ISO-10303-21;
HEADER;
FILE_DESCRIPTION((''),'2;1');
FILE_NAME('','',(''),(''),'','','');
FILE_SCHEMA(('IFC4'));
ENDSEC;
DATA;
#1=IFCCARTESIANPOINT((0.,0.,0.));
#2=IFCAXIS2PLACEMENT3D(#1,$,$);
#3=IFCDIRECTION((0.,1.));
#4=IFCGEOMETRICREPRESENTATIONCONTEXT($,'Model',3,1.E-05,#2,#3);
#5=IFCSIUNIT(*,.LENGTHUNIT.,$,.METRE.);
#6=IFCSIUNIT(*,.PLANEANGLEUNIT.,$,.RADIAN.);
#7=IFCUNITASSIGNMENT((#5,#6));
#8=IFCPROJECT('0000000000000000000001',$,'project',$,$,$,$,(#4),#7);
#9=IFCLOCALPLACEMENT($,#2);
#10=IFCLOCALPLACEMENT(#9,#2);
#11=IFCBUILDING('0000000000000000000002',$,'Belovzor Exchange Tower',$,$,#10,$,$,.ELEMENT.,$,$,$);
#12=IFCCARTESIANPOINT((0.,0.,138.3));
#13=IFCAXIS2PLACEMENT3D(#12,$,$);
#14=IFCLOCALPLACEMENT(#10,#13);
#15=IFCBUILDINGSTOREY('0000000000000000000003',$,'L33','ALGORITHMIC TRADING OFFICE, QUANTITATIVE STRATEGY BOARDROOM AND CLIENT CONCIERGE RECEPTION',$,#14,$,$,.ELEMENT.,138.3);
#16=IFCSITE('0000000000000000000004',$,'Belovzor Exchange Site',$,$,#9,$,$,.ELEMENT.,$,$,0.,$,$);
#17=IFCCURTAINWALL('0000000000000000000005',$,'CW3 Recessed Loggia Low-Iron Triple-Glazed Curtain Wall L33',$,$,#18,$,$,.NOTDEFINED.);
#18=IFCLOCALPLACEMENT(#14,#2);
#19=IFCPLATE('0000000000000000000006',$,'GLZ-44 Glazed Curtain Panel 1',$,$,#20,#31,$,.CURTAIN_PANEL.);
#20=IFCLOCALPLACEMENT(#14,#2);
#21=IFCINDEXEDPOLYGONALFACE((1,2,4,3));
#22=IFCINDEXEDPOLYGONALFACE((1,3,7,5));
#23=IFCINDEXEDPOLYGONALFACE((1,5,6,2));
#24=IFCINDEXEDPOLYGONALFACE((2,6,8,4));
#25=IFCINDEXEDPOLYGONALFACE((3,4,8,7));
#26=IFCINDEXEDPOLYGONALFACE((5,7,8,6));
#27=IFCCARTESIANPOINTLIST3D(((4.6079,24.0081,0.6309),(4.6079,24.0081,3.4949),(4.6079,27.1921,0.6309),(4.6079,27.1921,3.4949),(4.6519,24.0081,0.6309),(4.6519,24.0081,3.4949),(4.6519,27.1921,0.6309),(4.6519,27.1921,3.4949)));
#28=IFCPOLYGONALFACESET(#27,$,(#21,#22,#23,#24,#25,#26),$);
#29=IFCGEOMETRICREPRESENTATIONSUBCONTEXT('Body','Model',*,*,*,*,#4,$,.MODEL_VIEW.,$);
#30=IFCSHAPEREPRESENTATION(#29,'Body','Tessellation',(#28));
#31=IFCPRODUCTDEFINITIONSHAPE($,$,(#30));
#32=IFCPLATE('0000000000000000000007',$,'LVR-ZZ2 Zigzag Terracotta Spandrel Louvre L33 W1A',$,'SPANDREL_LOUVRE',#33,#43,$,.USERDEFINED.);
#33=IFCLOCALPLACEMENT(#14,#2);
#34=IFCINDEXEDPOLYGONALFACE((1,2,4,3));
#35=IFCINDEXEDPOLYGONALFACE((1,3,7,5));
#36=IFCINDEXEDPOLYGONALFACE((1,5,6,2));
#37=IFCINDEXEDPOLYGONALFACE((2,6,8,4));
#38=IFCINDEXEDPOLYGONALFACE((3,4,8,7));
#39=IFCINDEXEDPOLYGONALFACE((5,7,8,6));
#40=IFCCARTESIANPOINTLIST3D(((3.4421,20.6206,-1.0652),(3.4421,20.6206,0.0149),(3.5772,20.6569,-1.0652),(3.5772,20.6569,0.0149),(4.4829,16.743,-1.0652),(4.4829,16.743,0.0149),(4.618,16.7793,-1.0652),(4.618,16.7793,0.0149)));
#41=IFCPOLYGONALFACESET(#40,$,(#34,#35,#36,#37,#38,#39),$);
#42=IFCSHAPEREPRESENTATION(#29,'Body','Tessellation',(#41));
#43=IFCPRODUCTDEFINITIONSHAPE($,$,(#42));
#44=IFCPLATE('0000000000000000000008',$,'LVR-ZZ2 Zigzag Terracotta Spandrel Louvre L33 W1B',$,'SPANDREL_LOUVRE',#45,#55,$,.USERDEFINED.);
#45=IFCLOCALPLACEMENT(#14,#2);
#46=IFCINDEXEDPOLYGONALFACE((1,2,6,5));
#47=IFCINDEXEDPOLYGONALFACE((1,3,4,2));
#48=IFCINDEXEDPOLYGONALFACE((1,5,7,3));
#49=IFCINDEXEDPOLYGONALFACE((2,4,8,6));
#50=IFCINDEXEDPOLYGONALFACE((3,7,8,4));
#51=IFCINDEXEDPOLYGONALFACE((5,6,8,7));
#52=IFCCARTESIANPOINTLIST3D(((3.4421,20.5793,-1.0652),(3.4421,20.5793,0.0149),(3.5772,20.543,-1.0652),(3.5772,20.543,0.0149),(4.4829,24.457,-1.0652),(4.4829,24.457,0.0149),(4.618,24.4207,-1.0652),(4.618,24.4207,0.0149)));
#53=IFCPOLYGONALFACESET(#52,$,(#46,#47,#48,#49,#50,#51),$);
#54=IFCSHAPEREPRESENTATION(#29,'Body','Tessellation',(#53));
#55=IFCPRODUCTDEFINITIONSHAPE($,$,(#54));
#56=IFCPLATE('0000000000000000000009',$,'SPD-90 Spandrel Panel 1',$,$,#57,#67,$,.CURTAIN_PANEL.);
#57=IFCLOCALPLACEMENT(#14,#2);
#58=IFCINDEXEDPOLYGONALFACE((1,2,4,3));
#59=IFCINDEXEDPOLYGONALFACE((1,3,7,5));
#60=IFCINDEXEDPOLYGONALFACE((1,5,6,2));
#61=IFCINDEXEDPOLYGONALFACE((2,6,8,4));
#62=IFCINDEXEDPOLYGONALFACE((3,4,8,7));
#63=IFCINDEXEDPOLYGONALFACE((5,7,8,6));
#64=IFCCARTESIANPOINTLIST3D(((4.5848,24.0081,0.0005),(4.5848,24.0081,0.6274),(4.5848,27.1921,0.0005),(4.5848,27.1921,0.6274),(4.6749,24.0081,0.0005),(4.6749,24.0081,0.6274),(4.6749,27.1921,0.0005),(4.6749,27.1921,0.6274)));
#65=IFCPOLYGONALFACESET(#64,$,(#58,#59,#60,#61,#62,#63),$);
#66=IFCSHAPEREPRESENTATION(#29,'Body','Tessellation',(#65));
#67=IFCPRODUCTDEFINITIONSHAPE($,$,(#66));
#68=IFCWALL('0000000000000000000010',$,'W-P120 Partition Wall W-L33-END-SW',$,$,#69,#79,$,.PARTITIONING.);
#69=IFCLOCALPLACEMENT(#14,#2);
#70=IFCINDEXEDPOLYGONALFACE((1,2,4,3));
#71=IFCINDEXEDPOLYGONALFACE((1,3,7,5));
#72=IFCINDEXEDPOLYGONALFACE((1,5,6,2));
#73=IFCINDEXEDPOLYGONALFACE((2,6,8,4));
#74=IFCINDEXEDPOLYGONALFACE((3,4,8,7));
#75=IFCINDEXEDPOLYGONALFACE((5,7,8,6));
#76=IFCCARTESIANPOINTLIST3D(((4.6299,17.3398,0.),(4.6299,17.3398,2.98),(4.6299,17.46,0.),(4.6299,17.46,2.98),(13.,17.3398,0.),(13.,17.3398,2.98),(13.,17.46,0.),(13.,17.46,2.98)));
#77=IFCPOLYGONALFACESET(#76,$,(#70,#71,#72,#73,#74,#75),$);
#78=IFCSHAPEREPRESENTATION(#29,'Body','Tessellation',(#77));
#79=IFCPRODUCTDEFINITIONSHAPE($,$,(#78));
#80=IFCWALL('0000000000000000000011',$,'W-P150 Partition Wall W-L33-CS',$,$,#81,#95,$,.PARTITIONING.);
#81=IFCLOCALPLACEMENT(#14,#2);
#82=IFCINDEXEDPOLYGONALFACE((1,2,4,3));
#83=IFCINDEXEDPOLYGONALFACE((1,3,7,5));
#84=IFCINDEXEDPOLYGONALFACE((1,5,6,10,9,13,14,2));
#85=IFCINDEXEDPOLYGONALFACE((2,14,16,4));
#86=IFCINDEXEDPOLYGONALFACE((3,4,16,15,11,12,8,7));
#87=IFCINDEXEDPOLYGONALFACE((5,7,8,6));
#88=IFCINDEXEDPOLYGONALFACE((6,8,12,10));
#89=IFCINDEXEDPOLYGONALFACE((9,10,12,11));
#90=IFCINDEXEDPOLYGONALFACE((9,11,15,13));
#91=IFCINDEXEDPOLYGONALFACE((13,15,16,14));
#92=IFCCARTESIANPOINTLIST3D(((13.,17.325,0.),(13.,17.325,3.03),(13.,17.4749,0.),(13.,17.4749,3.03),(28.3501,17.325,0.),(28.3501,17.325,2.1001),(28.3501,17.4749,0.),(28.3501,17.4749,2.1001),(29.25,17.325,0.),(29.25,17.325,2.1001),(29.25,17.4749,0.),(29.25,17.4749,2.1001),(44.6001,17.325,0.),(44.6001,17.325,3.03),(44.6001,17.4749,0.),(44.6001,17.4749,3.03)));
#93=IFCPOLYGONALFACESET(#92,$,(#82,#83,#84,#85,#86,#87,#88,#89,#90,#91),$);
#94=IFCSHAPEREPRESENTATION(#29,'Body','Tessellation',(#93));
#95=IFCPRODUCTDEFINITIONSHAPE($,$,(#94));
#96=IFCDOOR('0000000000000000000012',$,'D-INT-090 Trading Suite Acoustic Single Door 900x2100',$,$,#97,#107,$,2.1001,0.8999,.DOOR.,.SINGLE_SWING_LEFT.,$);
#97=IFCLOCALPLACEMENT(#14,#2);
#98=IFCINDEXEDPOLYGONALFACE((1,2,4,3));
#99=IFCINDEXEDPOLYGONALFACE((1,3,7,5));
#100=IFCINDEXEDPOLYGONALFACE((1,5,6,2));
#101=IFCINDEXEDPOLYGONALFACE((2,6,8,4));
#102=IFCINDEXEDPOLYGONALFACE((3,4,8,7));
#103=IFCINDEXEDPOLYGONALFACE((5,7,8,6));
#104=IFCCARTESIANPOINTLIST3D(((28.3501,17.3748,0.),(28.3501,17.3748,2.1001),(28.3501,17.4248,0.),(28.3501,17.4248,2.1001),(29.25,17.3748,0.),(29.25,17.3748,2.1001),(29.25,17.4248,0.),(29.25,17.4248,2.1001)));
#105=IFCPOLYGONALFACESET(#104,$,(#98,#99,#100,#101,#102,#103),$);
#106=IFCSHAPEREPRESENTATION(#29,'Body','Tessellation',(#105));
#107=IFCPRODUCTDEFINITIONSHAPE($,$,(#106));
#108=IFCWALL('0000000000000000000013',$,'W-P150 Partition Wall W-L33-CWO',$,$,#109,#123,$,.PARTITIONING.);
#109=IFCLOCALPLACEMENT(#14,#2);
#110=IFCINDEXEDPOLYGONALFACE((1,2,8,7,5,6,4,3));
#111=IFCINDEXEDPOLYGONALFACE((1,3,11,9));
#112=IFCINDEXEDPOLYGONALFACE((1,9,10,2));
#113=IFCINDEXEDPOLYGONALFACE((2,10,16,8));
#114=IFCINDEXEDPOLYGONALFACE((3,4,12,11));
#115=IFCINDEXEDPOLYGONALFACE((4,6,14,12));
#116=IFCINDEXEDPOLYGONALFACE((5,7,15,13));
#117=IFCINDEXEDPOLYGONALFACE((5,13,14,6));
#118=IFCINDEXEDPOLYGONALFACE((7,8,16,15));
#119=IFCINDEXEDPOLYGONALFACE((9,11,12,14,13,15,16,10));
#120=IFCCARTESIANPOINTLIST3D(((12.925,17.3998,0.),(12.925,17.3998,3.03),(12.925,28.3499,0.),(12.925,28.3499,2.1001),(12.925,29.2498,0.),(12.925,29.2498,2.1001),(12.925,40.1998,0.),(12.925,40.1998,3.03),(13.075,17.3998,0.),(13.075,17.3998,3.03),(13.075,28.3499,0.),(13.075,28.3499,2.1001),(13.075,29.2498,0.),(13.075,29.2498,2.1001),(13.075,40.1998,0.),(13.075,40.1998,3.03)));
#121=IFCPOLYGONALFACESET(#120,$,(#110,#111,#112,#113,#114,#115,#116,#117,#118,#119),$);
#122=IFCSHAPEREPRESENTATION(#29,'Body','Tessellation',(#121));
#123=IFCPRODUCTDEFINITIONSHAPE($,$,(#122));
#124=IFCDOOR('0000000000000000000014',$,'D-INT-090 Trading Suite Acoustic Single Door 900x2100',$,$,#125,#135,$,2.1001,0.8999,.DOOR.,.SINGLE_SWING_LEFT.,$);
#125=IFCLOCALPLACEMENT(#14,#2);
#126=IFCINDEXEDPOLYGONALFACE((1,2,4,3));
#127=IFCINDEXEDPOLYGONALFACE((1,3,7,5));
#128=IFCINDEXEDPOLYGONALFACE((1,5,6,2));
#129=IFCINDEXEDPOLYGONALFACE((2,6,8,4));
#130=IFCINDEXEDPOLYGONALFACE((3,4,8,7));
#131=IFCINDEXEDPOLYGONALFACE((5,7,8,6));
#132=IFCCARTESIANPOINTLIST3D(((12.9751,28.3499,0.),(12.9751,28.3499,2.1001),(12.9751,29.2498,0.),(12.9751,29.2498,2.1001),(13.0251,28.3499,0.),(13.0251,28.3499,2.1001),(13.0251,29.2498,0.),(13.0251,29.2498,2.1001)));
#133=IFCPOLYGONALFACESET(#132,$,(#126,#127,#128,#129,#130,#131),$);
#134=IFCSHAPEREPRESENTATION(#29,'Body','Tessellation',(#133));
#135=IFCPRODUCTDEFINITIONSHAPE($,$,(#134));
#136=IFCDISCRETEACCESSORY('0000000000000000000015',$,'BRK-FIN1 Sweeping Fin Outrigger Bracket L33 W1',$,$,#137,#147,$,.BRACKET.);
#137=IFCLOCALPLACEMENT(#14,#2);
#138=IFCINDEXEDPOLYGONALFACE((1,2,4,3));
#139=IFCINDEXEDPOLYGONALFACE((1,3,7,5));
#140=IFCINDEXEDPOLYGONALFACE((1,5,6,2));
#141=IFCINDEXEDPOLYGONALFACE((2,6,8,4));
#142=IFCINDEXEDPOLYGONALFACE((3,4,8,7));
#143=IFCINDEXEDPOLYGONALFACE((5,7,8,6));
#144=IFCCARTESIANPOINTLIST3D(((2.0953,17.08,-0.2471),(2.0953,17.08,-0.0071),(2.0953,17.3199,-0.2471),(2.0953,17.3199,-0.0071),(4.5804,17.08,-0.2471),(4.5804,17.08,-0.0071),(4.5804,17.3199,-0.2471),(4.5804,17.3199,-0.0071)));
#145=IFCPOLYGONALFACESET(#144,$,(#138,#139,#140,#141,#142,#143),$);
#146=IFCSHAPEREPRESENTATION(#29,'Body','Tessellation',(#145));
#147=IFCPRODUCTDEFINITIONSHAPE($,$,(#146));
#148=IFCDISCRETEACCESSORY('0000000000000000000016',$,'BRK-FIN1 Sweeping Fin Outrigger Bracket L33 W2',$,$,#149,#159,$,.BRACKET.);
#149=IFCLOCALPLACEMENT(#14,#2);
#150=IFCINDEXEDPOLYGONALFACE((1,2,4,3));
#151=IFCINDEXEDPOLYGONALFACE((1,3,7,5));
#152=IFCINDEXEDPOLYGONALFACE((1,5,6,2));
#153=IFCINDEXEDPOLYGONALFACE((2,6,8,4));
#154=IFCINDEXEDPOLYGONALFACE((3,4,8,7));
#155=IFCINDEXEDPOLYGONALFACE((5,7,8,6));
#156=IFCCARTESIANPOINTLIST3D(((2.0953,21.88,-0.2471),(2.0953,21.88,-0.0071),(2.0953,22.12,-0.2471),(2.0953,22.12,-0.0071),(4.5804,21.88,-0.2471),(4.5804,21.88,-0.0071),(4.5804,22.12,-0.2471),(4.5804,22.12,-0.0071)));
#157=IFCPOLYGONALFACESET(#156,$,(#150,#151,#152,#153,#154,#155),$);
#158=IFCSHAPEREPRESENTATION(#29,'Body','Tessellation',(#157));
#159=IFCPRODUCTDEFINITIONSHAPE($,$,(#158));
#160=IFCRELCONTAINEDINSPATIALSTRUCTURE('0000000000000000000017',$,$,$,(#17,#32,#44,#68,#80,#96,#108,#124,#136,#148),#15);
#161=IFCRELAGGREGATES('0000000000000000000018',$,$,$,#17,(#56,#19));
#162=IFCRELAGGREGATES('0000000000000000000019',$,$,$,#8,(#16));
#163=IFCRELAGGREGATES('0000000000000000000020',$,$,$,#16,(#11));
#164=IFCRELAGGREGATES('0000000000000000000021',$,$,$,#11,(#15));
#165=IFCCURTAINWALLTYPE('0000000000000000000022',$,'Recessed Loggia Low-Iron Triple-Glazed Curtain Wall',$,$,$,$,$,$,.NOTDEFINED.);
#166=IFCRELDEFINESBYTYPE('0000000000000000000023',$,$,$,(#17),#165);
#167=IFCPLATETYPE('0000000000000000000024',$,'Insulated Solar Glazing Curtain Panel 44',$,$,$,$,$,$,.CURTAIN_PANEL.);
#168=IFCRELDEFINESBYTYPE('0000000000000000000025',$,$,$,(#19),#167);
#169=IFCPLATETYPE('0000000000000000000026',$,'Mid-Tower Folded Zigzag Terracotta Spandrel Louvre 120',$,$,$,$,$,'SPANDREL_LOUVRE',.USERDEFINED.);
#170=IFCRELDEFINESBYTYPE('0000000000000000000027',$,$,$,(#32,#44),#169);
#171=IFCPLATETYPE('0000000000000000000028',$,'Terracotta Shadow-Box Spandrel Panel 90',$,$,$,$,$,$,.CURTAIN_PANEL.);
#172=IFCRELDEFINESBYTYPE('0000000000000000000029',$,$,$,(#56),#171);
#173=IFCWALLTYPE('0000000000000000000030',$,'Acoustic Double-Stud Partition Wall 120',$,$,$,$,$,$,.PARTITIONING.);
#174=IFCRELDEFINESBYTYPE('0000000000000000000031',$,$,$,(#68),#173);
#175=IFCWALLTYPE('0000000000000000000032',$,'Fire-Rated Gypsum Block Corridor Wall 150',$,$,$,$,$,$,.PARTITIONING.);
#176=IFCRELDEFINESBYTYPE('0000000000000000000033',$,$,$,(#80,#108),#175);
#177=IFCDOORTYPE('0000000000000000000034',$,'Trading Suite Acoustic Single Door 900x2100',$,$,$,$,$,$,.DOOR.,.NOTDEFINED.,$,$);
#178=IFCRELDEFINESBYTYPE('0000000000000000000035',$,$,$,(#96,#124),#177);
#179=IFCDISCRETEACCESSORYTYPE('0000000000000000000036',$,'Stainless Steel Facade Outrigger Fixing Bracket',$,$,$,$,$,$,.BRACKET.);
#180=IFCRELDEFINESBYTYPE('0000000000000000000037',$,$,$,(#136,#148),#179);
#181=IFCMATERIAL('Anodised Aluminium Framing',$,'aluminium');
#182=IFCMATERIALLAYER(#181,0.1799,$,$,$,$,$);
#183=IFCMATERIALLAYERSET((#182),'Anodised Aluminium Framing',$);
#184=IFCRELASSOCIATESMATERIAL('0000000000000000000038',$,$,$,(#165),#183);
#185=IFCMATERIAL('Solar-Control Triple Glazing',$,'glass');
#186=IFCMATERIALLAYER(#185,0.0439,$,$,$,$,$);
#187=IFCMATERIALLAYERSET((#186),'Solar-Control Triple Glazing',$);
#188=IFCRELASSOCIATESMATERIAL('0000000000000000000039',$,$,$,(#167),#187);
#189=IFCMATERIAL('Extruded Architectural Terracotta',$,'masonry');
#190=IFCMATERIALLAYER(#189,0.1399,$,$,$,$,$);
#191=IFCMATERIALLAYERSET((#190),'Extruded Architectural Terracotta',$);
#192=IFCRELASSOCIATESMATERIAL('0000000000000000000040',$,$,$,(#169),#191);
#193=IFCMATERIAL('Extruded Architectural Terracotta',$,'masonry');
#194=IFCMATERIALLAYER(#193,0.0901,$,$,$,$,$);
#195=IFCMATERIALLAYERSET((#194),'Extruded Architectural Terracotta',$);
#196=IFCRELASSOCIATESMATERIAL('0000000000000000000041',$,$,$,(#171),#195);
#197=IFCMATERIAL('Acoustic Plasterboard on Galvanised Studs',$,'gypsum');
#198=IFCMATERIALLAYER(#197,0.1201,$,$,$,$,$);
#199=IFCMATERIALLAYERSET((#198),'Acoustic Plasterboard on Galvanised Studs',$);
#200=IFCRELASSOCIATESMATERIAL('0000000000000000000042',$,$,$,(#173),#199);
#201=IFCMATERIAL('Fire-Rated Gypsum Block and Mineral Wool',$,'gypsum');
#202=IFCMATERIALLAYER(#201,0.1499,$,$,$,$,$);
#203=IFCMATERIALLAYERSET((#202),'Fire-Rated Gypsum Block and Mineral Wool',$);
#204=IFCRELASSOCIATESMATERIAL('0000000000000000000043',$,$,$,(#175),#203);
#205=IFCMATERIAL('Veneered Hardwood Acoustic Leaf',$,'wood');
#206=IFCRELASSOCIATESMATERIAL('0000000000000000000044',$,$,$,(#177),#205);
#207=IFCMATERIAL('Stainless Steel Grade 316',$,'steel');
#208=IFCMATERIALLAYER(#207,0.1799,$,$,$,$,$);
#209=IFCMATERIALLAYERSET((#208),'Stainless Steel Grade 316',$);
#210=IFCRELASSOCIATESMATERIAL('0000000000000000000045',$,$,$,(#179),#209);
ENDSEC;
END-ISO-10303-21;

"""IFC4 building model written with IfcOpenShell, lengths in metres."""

from ifc_helpers import new_model, si_unit, direction, frame, frame_2d, origin, origin_2d, place, context, subcontext, project, spatial, rectangle, extrude, material, layer, layer_set, type_object, element, fill, aggregate, save


model = new_model("IFC4")

# Units and contexts
model_context = context("Model", 3, precision=1e-05, world=origin(), true_north=direction((0.0, 1.0)))
body_context = subcontext(model_context, "Body", "Model", "MODEL_VIEW")
ifc_project = project(units=[si_unit("LENGTHUNIT", "METRE"), si_unit("PLANEANGLEUNIT", "RADIAN")], contexts=[model_context])

# Site, building, storey
site_placement = place(None, origin())
site = spatial("IfcSite", under=ifc_project, at=site_placement, Name="Belovzor Exchange Site", CompositionType="ELEMENT", RefElevation=0.0)
building_placement = place(site_placement, origin())
building = spatial("IfcBuilding", under=site, at=building_placement, Name="Belovzor Exchange Tower", CompositionType="ELEMENT")
storey_placement = place(building_placement, frame((0.0, 0.0, 138.3)))
storey = spatial("IfcBuildingStorey", under=building, at=storey_placement, Name="L33", Description="ALGORITHMIC TRADING OFFICE, QUANTITATIVE STRATEGY BOARDROOM AND CLIENT CONCIERGE RECEPTION", CompositionType="ELEMENT", Elevation=138.3)

# Curtain wall
ifc_material_1 = material(Name="Anodised Aluminium Framing", Category="aluminium")
ifc_layer_1 = layer(ifc_material_1, 0.1799)
ifc_layer_set_1 = layer_set([ifc_layer_1], Name="Anodised Aluminium Framing")
curtain_wall_type = type_object("IfcCurtainWallType", Name="Recessed Loggia Low-Iron Triple-Glazed Curtain Wall", PredefinedType="NOTDEFINED", material=ifc_layer_set_1)
curtain_wall_placement = place(storey_placement, origin())
curtain_wall = element("IfcCurtainWall", 1, at=curtain_wall_placement, inside=storey, type_object=curtain_wall_type, Name="CW3 Recessed Loggia Low-Iron Triple-Glazed Curtain Wall L33", PredefinedType="NOTDEFINED")

# Plate
ifc_material_2 = material(Name="Solar-Control Triple Glazing", Category="glass")
ifc_layer_2 = layer(ifc_material_2, 0.0439)
ifc_layer_set_2 = layer_set([ifc_layer_2], Name="Solar-Control Triple Glazing")
plate_type_1 = type_object("IfcPlateType", Name="Insulated Solar Glazing Curtain Panel 44", PredefinedType="CURTAIN_PANEL", material=ifc_layer_set_2)
plate_1_placement = place(storey_placement, frame((4.6299, 25.6001, 0.6309), z_axis=(0.0, 0.0, 1.0), x_axis=(0.0, 1.0, 0.0)))
plate_1 = element("IfcPlate", 2, at=plate_1_placement, type_object=plate_type_1, Name="GLZ-44 Glazed Curtain Panel 1", PredefinedType="CURTAIN_PANEL", context=body_context, shape_type="SweptSolid", body=[
    extrude(rectangle(XDim=3.1841, YDim=0.0439, at=origin_2d()), origin(), (0.0, 0.0, 1.0), 2.864),
])

# Plates
ifc_material_3 = material(Name="Extruded Architectural Terracotta", Category="masonry")
ifc_layer_3 = layer(ifc_material_3, 0.1399)
ifc_layer_set_3 = layer_set([ifc_layer_3], Name="Extruded Architectural Terracotta")
plate_type_2 = type_object("IfcPlateType", Name="Mid-Tower Folded Zigzag Terracotta Spandrel Louvre 120", ElementType="SPANDREL_LOUVRE", PredefinedType="USERDEFINED", material=ifc_layer_set_3)
for number, where, z_axis, x_axis, name in (
    (3, (4.03, 18.7, -1.0652), (0.0, 0.0, 1.0), (-0.25924, 0.965813, 0.0), "LVR-ZZ2 Zigzag Terracotta Spandrel Louvre L33 W1A"),
    (4, (4.03, 22.5, -1.0652), (0.0, 0.0, 1.0), (0.25924, 0.965813, 0.0), "LVR-ZZ2 Zigzag Terracotta Spandrel Louvre L33 W1B"),
):
    element("IfcPlate", number, at=place(storey_placement, frame(where, z_axis=z_axis, x_axis=x_axis)), inside=storey, type_object=plate_type_2, Name=name, ObjectType="SPANDREL_LOUVRE", PredefinedType="USERDEFINED", context=body_context, shape_type="SweptSolid", body=[
        extrude(rectangle(XDim=4.0149, YDim=0.1399, at=origin_2d()), origin(), (0.0, 0.0, 1.0), 1.0801),
    ])

# Plate
ifc_material_4 = material(Name="Extruded Architectural Terracotta", Category="masonry")
ifc_layer_4 = layer(ifc_material_4, 0.0901)
ifc_layer_set_4 = layer_set([ifc_layer_4], Name="Extruded Architectural Terracotta")
plate_type_3 = type_object("IfcPlateType", Name="Terracotta Shadow-Box Spandrel Panel 90", PredefinedType="CURTAIN_PANEL", material=ifc_layer_set_4)
plate_2_placement = place(storey_placement, frame((4.6299, 25.6001, 0.0005), z_axis=(0.0, 0.0, 1.0), x_axis=(0.0, 1.0, 0.0)))
plate_2 = element("IfcPlate", 5, at=plate_2_placement, type_object=plate_type_3, Name="SPD-90 Spandrel Panel 1", PredefinedType="CURTAIN_PANEL", context=body_context, shape_type="SweptSolid", body=[
    extrude(rectangle(XDim=3.1841, YDim=0.0901, at=origin_2d()), origin(), (0.0, 0.0, 1.0), 0.627),
])
aggregate(curtain_wall, [plate_2, plate_1])

# Wall
ifc_material_5 = material(Name="Acoustic Plasterboard on Galvanised Studs", Category="gypsum")
ifc_layer_5 = layer(ifc_material_5, 0.1201)
ifc_layer_set_5 = layer_set([ifc_layer_5], Name="Acoustic Plasterboard on Galvanised Studs")
wall_type_1 = type_object("IfcWallType", Name="Acoustic Double-Stud Partition Wall 120", PredefinedType="PARTITIONING", material=ifc_layer_set_5)
wall_1_placement = place(storey_placement, frame((4.6299, 17.3999, 0.0), z_axis=(0.0, 0.0, 1.0), x_axis=(1.0, 0.0, 0.0)))
element("IfcWall", 6, at=wall_1_placement, inside=storey, type_object=wall_type_1, Name="W-P120 Partition Wall W-L33-END-SW", PredefinedType="PARTITIONING", context=body_context, shape_type="SweptSolid", body=[
    extrude(rectangle(XDim=8.3701, YDim=0.1201, at=frame_2d((4.1851, 0.0))), origin(), (0.0, 0.0, 1.0), 2.98),
])

# Walls, openings, doors
ifc_material_6 = material(Name="Fire-Rated Gypsum Block and Mineral Wool", Category="gypsum")
ifc_layer_6 = layer(ifc_material_6, 0.1499)
ifc_layer_set_6 = layer_set([ifc_layer_6], Name="Fire-Rated Gypsum Block and Mineral Wool")
wall_type_2 = type_object("IfcWallType", Name="Fire-Rated Gypsum Block Corridor Wall 150", PredefinedType="PARTITIONING", material=ifc_layer_set_6)
wall_2_placement = place(storey_placement, frame((13.0, 17.3999, 0.0), z_axis=(0.0, 0.0, 1.0), x_axis=(1.0, 0.0, 0.0)))
wall_2 = element("IfcWall", 7, at=wall_2_placement, inside=storey, type_object=wall_type_2, Name="W-P150 Partition Wall W-L33-CS", PredefinedType="PARTITIONING", context=body_context, shape_type="SweptSolid", body=[
    extrude(rectangle(XDim=31.6001, YDim=0.1499, at=frame_2d((15.8, 0.0))), origin(), (0.0, 0.0, 1.0), 3.03),
])
opening_1_placement = place(wall_2_placement, frame((15.3501, 0.0, 0.0)))
opening_1 = element("IfcOpeningElement", 8, at=opening_1_placement, cuts=wall_2, PredefinedType="OPENING", context=body_context, shape_type="SweptSolid", body=[
    extrude(rectangle(XDim=0.8999, YDim=2.1001, at=frame_2d((0.45, 1.05))), frame((0.0, 0.085, 0.0), z_axis=(0.0, -1.0, 0.0), x_axis=(1.0, 0.0, 0.0)), (0.0, 0.0, 1.0), 0.1699),
])
ifc_material_7 = material(Name="Veneered Hardwood Acoustic Leaf", Category="wood")
door_type = type_object("IfcDoorType", Name="Trading Suite Acoustic Single Door 900x2100", OperationType="NOTDEFINED", PredefinedType="DOOR", material=ifc_material_7)
door_1_placement = place(opening_1_placement, origin())
door_1 = element("IfcDoor", 9, at=door_1_placement, inside=storey, type_object=door_type, Name="D-INT-090 Trading Suite Acoustic Single Door 900x2100", OperationType="SINGLE_SWING_LEFT", OverallHeight=2.1001, OverallWidth=0.8999, PredefinedType="DOOR", context=body_context, shape_type="SweptSolid", body=[
    extrude(rectangle(XDim=0.8999, YDim=2.1001, at=frame_2d((0.45, 1.05))), frame((0.0, 0.0249, 0.0), z_axis=(0.0, -1.0, 0.0), x_axis=(1.0, 0.0, 0.0)), (0.0, 0.0, 1.0), 0.05),
])
fill(opening_1, door_1)
wall_3_placement = place(storey_placement, frame((13.0, 17.3999, 0.0), z_axis=(0.0, 0.0, 1.0), x_axis=(0.0, 1.0, 0.0)))
wall_3 = element("IfcWall", 10, at=wall_3_placement, inside=storey, type_object=wall_type_2, Name="W-P150 Partition Wall W-L33-CWO", PredefinedType="PARTITIONING", context=body_context, shape_type="SweptSolid", body=[
    extrude(rectangle(XDim=22.8, YDim=0.1499, at=frame_2d((11.3999, 0.0))), origin(), (0.0, 0.0, 1.0), 3.03),
])
opening_2_placement = place(wall_3_placement, frame((10.95, 0.0, 0.0)))
opening_2 = element("IfcOpeningElement", 11, at=opening_2_placement, cuts=wall_3, PredefinedType="OPENING", context=body_context, shape_type="SweptSolid", body=[
    extrude(rectangle(XDim=0.8999, YDim=2.1001, at=frame_2d((0.45, 1.05))), frame((0.0, 0.085, 0.0), z_axis=(0.0, -1.0, 0.0), x_axis=(1.0, 0.0, 0.0)), (0.0, 0.0, 1.0), 0.1699),
])
door_2_placement = place(opening_2_placement, origin())
door_2 = element("IfcDoor", 12, at=door_2_placement, inside=storey, type_object=door_type, Name="D-INT-090 Trading Suite Acoustic Single Door 900x2100", OperationType="SINGLE_SWING_LEFT", OverallHeight=2.1001, OverallWidth=0.8999, PredefinedType="DOOR", context=body_context, shape_type="SweptSolid", body=[
    extrude(rectangle(XDim=0.8999, YDim=2.1001, at=frame_2d((0.45, 1.05))), frame((0.0, 0.0249, 0.0), z_axis=(0.0, -1.0, 0.0), x_axis=(1.0, 0.0, 0.0)), (0.0, 0.0, 1.0), 0.05),
])
fill(opening_2, door_2)

# Discrete accessories
ifc_material_8 = material(Name="Stainless Steel Grade 316", Category="steel")
ifc_layer_7 = layer(ifc_material_8, 0.1799)
ifc_layer_set_7 = layer_set([ifc_layer_7], Name="Stainless Steel Grade 316")
discrete_accessory_type = type_object("IfcDiscreteAccessoryType", Name="Stainless Steel Facade Outrigger Fixing Bracket", PredefinedType="BRACKET", material=ifc_layer_set_7)
for number, where, z_axis, x_axis, name in (
    (13, (3.3379, 17.2, -0.2471), (0.0, 0.0, 1.0), (1.0, 0.0, 0.0), "BRK-FIN1 Sweeping Fin Outrigger Bracket L33 W1"),
    (14, (3.3379, 22.0, -0.2471), (0.0, 0.0, 1.0), (1.0, 0.0, 0.0), "BRK-FIN1 Sweeping Fin Outrigger Bracket L33 W2"),
):
    element("IfcDiscreteAccessory", number, at=place(storey_placement, frame(where, z_axis=z_axis, x_axis=x_axis)), inside=storey, type_object=discrete_accessory_type, Name=name, PredefinedType="BRACKET", context=body_context, shape_type="SweptSolid", body=[
        extrude(rectangle(XDim=2.4851, YDim=0.24, at=origin_2d()), origin(), (0.0, 0.0, 1.0), 0.24),
    ])

save(model, "model.ifc")
